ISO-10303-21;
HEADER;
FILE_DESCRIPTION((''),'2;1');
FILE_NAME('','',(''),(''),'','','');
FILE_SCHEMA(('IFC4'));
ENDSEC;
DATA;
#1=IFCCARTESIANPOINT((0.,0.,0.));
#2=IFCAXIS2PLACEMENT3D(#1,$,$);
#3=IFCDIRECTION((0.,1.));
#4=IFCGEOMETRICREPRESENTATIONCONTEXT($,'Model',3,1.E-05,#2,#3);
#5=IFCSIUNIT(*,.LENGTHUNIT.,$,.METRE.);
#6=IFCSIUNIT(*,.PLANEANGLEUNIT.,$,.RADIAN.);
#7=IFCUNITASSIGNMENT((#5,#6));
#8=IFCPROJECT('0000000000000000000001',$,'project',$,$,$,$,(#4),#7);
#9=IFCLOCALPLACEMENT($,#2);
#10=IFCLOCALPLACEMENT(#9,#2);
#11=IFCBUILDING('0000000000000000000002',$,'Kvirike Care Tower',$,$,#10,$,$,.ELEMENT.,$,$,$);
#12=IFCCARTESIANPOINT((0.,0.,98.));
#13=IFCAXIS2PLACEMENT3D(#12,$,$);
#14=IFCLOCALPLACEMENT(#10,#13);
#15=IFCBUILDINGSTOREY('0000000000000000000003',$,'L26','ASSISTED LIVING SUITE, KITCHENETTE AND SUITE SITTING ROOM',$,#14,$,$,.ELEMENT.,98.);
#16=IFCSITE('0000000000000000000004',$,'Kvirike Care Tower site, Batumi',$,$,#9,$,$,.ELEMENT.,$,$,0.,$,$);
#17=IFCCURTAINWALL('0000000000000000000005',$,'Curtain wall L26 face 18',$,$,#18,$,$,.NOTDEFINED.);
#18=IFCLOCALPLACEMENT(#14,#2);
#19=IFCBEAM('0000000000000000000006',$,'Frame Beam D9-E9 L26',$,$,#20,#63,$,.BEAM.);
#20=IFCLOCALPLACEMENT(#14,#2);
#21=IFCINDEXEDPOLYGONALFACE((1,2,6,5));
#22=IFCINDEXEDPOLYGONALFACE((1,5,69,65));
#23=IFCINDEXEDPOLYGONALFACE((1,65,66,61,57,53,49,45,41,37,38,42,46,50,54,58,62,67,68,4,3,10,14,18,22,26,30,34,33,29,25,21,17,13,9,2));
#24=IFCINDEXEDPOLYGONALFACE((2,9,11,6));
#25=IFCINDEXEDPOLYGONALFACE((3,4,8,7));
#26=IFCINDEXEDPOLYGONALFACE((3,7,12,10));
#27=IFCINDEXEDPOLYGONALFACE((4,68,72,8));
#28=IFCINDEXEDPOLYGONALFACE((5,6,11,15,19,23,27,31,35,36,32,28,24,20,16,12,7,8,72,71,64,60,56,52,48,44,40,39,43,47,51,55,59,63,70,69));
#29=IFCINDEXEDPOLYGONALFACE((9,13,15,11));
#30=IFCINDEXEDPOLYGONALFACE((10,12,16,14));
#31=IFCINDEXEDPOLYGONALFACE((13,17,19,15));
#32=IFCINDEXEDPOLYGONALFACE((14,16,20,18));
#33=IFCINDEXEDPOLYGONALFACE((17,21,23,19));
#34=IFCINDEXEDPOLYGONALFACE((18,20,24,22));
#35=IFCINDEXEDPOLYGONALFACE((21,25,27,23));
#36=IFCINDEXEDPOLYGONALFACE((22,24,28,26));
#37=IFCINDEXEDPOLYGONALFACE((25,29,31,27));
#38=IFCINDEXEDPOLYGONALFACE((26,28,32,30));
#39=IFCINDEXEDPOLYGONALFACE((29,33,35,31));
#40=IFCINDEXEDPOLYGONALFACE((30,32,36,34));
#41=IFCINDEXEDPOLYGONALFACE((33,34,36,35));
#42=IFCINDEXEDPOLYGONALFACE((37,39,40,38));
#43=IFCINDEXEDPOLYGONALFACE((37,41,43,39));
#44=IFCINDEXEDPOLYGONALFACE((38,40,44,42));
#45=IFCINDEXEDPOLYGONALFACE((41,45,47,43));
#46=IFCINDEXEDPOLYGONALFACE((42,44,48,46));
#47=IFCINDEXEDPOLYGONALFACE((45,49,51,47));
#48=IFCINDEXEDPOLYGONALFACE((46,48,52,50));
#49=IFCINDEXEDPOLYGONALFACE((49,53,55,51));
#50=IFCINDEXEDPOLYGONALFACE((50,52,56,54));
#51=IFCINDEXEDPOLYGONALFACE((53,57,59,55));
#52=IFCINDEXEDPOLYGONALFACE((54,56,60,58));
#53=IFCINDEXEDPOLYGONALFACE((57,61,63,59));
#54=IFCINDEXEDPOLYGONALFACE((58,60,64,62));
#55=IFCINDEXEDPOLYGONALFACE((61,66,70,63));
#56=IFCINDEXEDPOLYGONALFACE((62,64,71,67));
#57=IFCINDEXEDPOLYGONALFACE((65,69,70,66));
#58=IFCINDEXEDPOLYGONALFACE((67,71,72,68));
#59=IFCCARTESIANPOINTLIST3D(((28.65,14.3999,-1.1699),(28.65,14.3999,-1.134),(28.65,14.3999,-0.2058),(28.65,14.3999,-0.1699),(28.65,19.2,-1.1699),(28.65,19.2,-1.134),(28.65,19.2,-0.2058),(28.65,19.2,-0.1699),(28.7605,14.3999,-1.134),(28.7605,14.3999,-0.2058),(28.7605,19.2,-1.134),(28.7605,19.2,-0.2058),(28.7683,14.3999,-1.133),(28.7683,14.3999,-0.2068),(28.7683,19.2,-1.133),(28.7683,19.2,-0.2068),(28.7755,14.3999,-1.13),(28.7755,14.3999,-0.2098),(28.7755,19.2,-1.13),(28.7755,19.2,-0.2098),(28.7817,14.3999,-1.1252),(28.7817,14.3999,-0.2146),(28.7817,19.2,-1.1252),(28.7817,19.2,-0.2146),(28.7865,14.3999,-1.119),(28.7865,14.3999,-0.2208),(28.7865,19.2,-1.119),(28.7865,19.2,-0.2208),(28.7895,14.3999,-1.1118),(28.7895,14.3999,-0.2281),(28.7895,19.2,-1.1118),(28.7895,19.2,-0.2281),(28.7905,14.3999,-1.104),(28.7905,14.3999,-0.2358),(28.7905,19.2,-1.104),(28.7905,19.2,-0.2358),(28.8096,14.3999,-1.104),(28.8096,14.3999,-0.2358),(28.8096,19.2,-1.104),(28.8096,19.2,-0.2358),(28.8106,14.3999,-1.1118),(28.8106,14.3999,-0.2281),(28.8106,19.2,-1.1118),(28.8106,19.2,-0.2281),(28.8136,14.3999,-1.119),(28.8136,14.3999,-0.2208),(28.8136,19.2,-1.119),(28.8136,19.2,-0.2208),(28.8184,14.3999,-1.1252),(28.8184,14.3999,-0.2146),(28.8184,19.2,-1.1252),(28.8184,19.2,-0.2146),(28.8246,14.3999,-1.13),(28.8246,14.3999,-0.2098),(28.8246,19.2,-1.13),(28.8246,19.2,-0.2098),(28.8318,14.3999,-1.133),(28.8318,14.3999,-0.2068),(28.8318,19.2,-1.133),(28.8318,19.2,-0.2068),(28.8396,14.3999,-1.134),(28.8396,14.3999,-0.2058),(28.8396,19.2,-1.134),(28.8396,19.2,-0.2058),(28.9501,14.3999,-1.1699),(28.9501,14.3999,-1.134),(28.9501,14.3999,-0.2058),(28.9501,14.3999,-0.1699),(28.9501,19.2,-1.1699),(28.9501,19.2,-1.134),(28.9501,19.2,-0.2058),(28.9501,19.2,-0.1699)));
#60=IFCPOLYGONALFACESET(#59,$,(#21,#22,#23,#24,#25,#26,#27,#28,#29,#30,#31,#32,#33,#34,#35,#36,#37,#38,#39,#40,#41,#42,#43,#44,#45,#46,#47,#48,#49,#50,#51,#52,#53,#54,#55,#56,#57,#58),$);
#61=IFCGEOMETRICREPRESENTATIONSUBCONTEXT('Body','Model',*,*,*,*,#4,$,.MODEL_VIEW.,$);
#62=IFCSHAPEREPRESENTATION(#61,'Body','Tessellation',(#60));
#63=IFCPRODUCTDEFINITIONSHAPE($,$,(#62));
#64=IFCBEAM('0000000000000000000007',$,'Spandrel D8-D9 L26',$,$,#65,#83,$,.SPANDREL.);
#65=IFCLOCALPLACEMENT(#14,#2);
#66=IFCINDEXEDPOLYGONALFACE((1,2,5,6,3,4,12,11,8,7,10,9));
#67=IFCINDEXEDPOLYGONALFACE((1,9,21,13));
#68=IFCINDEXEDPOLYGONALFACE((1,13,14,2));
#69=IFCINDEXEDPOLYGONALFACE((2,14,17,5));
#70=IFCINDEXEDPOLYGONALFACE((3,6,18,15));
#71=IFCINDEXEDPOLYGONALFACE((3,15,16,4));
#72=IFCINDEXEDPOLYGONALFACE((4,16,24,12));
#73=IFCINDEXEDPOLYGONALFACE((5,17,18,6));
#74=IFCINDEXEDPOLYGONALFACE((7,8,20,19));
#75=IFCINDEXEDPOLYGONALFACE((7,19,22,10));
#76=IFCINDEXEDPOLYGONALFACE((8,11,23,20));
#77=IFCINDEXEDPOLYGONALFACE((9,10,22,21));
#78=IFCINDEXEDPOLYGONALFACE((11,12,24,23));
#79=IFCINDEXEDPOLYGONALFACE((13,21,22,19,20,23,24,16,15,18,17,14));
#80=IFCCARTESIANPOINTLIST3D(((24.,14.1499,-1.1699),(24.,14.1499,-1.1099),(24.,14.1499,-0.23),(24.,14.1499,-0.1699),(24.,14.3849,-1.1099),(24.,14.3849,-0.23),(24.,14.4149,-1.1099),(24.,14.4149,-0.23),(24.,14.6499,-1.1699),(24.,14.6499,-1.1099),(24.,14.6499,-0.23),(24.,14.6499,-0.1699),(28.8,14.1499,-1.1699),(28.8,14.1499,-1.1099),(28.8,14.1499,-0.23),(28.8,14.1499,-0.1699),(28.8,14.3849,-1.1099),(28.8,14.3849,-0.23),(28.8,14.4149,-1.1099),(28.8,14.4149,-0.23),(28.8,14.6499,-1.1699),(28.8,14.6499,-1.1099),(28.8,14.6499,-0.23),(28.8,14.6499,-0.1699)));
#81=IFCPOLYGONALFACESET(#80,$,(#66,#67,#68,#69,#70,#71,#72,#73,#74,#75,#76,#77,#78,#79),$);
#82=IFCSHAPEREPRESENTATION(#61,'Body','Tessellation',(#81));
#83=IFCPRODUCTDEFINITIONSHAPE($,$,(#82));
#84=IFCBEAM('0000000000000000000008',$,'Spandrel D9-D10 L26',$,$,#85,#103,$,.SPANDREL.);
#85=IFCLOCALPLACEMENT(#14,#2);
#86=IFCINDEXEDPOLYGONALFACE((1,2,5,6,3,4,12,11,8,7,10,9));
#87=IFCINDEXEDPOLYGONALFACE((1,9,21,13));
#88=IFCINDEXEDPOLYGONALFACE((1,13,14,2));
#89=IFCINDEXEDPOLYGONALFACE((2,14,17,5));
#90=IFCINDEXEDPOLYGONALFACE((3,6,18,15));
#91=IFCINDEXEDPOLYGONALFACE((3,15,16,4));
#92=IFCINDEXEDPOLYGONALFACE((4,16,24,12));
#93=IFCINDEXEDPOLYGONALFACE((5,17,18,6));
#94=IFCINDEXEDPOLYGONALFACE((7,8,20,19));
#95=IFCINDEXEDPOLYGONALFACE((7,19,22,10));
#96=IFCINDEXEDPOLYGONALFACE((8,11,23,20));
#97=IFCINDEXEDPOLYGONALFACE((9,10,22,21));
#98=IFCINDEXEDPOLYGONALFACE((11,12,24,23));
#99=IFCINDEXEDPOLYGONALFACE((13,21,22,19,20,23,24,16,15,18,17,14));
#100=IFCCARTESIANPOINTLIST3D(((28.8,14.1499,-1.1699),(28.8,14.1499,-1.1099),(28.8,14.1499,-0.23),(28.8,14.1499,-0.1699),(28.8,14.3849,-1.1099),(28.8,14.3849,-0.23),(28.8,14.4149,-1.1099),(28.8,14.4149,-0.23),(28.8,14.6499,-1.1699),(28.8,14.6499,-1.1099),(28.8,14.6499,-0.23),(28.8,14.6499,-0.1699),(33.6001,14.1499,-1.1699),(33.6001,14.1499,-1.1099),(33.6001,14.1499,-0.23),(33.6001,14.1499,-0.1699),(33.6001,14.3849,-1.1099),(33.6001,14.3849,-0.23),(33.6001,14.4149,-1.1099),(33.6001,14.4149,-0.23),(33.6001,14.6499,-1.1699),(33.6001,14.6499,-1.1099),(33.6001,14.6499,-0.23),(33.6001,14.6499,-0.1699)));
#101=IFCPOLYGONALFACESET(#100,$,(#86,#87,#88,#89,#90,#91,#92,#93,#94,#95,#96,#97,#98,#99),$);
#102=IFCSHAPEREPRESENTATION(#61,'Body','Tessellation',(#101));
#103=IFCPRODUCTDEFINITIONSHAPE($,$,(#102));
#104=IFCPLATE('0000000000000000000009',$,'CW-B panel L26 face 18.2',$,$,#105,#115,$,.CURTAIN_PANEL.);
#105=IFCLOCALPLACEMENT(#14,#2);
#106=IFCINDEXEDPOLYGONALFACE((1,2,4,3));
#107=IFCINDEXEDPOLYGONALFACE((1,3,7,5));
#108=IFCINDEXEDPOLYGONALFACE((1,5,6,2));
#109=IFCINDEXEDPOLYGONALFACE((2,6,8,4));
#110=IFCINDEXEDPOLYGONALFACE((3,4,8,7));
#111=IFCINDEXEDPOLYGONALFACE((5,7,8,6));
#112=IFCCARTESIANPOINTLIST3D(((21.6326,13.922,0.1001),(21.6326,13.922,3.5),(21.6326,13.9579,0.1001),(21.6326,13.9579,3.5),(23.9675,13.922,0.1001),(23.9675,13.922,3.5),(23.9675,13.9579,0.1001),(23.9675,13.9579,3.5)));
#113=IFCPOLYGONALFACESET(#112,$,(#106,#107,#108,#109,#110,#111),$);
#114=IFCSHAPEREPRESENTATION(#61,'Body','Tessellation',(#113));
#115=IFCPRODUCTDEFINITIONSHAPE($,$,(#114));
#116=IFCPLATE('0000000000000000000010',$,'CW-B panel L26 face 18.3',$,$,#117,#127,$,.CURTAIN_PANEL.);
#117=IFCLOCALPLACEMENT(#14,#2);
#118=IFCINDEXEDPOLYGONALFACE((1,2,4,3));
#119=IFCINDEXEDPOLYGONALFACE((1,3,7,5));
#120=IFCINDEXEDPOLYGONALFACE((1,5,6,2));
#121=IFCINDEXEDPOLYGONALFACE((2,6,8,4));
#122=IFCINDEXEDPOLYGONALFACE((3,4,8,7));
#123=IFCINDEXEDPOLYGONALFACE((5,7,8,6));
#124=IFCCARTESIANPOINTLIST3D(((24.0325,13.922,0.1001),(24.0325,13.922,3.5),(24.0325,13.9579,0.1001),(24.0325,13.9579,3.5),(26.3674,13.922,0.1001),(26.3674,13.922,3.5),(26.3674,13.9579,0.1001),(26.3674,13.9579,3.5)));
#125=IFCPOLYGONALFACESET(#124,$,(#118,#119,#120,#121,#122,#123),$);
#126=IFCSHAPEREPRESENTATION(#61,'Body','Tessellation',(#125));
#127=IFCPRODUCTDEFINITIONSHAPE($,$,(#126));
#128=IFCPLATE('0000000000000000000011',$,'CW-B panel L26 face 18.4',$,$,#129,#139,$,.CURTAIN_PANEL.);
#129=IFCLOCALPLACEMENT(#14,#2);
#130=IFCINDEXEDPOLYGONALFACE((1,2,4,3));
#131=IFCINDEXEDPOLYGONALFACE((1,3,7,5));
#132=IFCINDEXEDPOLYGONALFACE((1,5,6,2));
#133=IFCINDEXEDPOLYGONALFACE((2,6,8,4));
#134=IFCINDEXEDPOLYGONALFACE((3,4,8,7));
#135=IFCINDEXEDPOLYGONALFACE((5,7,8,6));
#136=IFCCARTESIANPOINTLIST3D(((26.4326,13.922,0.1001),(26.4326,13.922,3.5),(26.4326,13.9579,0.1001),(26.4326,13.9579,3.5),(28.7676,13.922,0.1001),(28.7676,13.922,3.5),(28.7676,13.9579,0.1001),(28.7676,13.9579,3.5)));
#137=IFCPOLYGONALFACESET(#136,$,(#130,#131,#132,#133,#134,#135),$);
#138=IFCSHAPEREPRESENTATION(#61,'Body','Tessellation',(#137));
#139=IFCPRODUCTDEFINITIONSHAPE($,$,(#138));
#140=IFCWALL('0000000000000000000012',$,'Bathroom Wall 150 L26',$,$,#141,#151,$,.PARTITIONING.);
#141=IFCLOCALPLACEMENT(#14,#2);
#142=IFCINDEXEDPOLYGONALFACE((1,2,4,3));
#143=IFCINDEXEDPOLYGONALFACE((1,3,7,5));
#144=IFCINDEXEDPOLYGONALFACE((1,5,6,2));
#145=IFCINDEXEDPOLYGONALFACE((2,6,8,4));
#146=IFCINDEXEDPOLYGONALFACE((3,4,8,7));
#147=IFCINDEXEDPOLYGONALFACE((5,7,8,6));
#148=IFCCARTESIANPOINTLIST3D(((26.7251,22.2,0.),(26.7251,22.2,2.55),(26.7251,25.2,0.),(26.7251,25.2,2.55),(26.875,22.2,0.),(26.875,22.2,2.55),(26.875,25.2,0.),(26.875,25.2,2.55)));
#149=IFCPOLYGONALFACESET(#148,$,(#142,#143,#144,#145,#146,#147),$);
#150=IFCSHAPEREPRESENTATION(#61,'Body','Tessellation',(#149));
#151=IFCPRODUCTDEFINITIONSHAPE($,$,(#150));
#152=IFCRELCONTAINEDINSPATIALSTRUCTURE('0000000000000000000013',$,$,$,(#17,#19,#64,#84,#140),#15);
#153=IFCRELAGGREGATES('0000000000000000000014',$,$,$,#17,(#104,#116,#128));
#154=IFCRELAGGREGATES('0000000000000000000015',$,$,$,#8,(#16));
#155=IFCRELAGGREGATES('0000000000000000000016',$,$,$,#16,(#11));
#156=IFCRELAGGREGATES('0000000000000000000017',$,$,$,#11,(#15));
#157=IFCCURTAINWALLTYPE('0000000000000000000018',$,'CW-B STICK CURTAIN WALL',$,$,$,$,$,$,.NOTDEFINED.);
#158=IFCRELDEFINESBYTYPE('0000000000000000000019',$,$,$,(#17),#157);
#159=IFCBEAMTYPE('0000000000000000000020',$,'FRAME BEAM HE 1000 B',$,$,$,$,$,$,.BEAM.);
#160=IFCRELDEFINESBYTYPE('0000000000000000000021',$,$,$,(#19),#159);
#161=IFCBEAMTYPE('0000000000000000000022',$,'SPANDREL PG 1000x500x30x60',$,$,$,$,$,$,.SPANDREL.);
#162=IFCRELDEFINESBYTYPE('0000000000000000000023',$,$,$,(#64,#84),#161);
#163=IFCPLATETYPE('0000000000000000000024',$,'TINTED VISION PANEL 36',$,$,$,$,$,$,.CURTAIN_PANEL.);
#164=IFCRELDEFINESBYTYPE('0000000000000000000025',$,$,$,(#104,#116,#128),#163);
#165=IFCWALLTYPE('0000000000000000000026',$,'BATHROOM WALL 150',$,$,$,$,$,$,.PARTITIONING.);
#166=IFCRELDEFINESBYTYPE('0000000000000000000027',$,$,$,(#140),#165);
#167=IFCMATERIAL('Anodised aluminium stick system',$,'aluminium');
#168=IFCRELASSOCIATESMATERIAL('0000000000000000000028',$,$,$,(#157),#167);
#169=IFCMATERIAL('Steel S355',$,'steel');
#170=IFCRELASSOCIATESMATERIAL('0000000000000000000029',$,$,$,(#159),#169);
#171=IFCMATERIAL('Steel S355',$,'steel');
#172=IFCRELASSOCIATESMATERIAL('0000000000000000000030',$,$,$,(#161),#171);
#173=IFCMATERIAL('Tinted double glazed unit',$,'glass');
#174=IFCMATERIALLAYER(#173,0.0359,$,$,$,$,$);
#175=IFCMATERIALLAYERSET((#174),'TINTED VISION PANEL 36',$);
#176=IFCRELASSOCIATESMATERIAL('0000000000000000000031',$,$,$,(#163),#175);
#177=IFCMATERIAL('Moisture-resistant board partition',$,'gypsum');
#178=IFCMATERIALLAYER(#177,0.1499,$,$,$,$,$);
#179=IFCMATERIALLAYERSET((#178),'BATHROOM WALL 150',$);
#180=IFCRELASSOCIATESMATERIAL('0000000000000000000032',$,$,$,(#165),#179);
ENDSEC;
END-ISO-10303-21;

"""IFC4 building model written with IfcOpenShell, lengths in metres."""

from ifc_helpers import new_model, si_unit, direction, frame, frame_2d, origin, origin_2d, place, context, subcontext, project, spatial, rectangle, i_section, extrude, material, layer, layer_set, material_profile, profile_set, type_object, element, aggregate, save


model = new_model("IFC4")

# Units and contexts
model_context = context("Model", 3, precision=1e-05, world=origin(), true_north=direction((0.0, 1.0)))
body_context = subcontext(model_context, "Body", "Model", "MODEL_VIEW")
ifc_project = project(units=[si_unit("LENGTHUNIT", "METRE"), si_unit("PLANEANGLEUNIT", "RADIAN")], contexts=[model_context])

# Site, building, storey
site_placement = place(None, origin())
site = spatial("IfcSite", under=ifc_project, at=site_placement, Name="Kvirike Care Tower site, Batumi", CompositionType="ELEMENT", RefElevation=0.0)
building_placement = place(site_placement, origin())
building = spatial("IfcBuilding", under=site, at=building_placement, Name="Kvirike Care Tower", CompositionType="ELEMENT")
storey_placement = place(building_placement, frame((0.0, 0.0, 98.0)))
storey = spatial("IfcBuildingStorey", under=building, at=storey_placement, Name="L26", Description="ASSISTED LIVING SUITE, KITCHENETTE AND SUITE SITTING ROOM", CompositionType="ELEMENT", Elevation=98.0)

# Curtain wall
ifc_material_1 = material(Name="Anodised aluminium stick system", Category="aluminium")
curtain_wall_type = type_object("IfcCurtainWallType", Name="CW-B STICK CURTAIN WALL", PredefinedType="NOTDEFINED", material=ifc_material_1)
curtain_wall_placement = place(storey_placement, origin())
curtain_wall = element("IfcCurtainWall", 1, at=curtain_wall_placement, inside=storey, type_object=curtain_wall_type, Name="Curtain wall L26 face 18", PredefinedType="NOTDEFINED")

# Beams
ifc_material_2 = material(Name="Steel S355", Category="steel")
ifc_material_profile_1 = material_profile(ifc_material_2, i_section(OverallWidth=0.3, OverallDepth=1.0, WebThickness=0.019, FlangeThickness=0.0359, FilletRadius=0.03, at=origin_2d()), Name="HE 1000 B")
ifc_profile_set_1 = profile_set([ifc_material_profile_1], Name="Steel S355")
beam_type_1 = type_object("IfcBeamType", Name="FRAME BEAM HE 1000 B", PredefinedType="BEAM", material=ifc_profile_set_1)
beam_placement = place(storey_placement, frame((28.8, 14.3999, -0.6699), z_axis=(0.0, 1.0, 0.0), x_axis=(-1.0, 0.0, 0.0)))
element("IfcBeam", 2, at=beam_placement, inside=storey, type_object=beam_type_1, Name="Frame Beam D9-E9 L26", PredefinedType="BEAM", context=body_context, shape_type="SweptSolid", body=[
    extrude(i_section(OverallWidth=0.3, OverallDepth=1.0, WebThickness=0.019, FlangeThickness=0.0359, FilletRadius=0.03, at=origin_2d()), origin(), (0.0, 0.0, 1.0), 4.8),
])
ifc_material_3 = material(Name="Steel S355", Category="steel")
ifc_material_profile_2 = material_profile(ifc_material_3, i_section(OverallWidth=0.5, OverallDepth=1.0, WebThickness=0.03, FlangeThickness=0.0601, at=origin_2d()), Name="PG 1000x500x30x60")
ifc_profile_set_2 = profile_set([ifc_material_profile_2], Name="Steel S355")
beam_type_2 = type_object("IfcBeamType", Name="SPANDREL PG 1000x500x30x60", PredefinedType="SPANDREL", material=ifc_profile_set_2)
for number, where, z_axis, x_axis, name in (
    (3, (24.0, 14.3999, -0.6699), (1.0, 0.0, 0.0), (0.0, 1.0, 0.0), "Spandrel D8-D9 L26"),
    (4, (28.8, 14.3999, -0.6699), (1.0, 0.0, 0.0), (0.0, 1.0, 0.0), "Spandrel D9-D10 L26"),
):
    element("IfcBeam", number, at=place(storey_placement, frame(where, z_axis=z_axis, x_axis=x_axis)), inside=storey, type_object=beam_type_2, Name=name, PredefinedType="SPANDREL", context=body_context, shape_type="SweptSolid", body=[
        extrude(i_section(OverallWidth=0.5, OverallDepth=1.0, WebThickness=0.03, FlangeThickness=0.0601, at=origin_2d()), origin(), (0.0, 0.0, 1.0), 4.8),
    ])

# Plates
ifc_material_4 = material(Name="Tinted double glazed unit", Category="glass")
ifc_layer_1 = layer(ifc_material_4, 0.0359)
ifc_layer_set_1 = layer_set([ifc_layer_1], Name="TINTED VISION PANEL 36")
plate_type = type_object("IfcPlateType", Name="TINTED VISION PANEL 36", PredefinedType="CURTAIN_PANEL", material=ifc_layer_set_1)
plate_1_placement = place(storey_placement, frame((22.8, 13.9399, 0.1001), z_axis=(0.0, 0.0, 1.0), x_axis=(1.0, 0.0, 0.0)))
plate_1 = element("IfcPlate", 5, at=plate_1_placement, type_object=plate_type, Name="CW-B panel L26 face 18.2", PredefinedType="CURTAIN_PANEL", context=body_context, shape_type="SweptSolid", body=[
    extrude(rectangle(XDim=2.335, YDim=0.0359, at=origin_2d()), origin(), (0.0, 0.0, 1.0), 3.3999),
])
plate_2_placement = place(storey_placement, frame((25.2, 13.9399, 0.1001), z_axis=(0.0, 0.0, 1.0), x_axis=(1.0, 0.0, 0.0)))
plate_2 = element("IfcPlate", 6, at=plate_2_placement, type_object=plate_type, Name="CW-B panel L26 face 18.3", PredefinedType="CURTAIN_PANEL", context=body_context, shape_type="SweptSolid", body=[
    extrude(rectangle(XDim=2.335, YDim=0.0359, at=origin_2d()), origin(), (0.0, 0.0, 1.0), 3.3999),
])
plate_3_placement = place(storey_placement, frame((27.6001, 13.9399, 0.1001), z_axis=(0.0, 0.0, 1.0), x_axis=(1.0, 0.0, 0.0)))
plate_3 = element("IfcPlate", 7, at=plate_3_placement, type_object=plate_type, Name="CW-B panel L26 face 18.4", PredefinedType="CURTAIN_PANEL", context=body_context, shape_type="SweptSolid", body=[
    extrude(rectangle(XDim=2.335, YDim=0.0359, at=origin_2d()), origin(), (0.0, 0.0, 1.0), 3.3999),
])
aggregate(curtain_wall, [plate_1, plate_2, plate_3])

# Wall
ifc_material_5 = material(Name="Moisture-resistant board partition", Category="gypsum")
ifc_layer_2 = layer(ifc_material_5, 0.1499)
ifc_layer_set_2 = layer_set([ifc_layer_2], Name="BATHROOM WALL 150")
wall_type_1 = type_object("IfcWallType", Name="BATHROOM WALL 150", PredefinedType="PARTITIONING", material=ifc_layer_set_2)
wall_1_placement = place(storey_placement, frame((26.8, 22.2, 0.0), z_axis=(0.0, 0.0, 1.0), x_axis=(0.0, 1.0, 0.0)))
element("IfcWall", 8, at=wall_1_placement, inside=storey, type_object=wall_type_1, Name="Bathroom Wall 150 L26", PredefinedType="PARTITIONING", context=body_context, shape_type="SweptSolid", body=[
    extrude(rectangle(XDim=3.0, YDim=0.1499, at=frame_2d((1.5, 0.0))), origin(), (0.0, 0.0, 1.0), 2.55),
])

save(model, "model.ifc")
